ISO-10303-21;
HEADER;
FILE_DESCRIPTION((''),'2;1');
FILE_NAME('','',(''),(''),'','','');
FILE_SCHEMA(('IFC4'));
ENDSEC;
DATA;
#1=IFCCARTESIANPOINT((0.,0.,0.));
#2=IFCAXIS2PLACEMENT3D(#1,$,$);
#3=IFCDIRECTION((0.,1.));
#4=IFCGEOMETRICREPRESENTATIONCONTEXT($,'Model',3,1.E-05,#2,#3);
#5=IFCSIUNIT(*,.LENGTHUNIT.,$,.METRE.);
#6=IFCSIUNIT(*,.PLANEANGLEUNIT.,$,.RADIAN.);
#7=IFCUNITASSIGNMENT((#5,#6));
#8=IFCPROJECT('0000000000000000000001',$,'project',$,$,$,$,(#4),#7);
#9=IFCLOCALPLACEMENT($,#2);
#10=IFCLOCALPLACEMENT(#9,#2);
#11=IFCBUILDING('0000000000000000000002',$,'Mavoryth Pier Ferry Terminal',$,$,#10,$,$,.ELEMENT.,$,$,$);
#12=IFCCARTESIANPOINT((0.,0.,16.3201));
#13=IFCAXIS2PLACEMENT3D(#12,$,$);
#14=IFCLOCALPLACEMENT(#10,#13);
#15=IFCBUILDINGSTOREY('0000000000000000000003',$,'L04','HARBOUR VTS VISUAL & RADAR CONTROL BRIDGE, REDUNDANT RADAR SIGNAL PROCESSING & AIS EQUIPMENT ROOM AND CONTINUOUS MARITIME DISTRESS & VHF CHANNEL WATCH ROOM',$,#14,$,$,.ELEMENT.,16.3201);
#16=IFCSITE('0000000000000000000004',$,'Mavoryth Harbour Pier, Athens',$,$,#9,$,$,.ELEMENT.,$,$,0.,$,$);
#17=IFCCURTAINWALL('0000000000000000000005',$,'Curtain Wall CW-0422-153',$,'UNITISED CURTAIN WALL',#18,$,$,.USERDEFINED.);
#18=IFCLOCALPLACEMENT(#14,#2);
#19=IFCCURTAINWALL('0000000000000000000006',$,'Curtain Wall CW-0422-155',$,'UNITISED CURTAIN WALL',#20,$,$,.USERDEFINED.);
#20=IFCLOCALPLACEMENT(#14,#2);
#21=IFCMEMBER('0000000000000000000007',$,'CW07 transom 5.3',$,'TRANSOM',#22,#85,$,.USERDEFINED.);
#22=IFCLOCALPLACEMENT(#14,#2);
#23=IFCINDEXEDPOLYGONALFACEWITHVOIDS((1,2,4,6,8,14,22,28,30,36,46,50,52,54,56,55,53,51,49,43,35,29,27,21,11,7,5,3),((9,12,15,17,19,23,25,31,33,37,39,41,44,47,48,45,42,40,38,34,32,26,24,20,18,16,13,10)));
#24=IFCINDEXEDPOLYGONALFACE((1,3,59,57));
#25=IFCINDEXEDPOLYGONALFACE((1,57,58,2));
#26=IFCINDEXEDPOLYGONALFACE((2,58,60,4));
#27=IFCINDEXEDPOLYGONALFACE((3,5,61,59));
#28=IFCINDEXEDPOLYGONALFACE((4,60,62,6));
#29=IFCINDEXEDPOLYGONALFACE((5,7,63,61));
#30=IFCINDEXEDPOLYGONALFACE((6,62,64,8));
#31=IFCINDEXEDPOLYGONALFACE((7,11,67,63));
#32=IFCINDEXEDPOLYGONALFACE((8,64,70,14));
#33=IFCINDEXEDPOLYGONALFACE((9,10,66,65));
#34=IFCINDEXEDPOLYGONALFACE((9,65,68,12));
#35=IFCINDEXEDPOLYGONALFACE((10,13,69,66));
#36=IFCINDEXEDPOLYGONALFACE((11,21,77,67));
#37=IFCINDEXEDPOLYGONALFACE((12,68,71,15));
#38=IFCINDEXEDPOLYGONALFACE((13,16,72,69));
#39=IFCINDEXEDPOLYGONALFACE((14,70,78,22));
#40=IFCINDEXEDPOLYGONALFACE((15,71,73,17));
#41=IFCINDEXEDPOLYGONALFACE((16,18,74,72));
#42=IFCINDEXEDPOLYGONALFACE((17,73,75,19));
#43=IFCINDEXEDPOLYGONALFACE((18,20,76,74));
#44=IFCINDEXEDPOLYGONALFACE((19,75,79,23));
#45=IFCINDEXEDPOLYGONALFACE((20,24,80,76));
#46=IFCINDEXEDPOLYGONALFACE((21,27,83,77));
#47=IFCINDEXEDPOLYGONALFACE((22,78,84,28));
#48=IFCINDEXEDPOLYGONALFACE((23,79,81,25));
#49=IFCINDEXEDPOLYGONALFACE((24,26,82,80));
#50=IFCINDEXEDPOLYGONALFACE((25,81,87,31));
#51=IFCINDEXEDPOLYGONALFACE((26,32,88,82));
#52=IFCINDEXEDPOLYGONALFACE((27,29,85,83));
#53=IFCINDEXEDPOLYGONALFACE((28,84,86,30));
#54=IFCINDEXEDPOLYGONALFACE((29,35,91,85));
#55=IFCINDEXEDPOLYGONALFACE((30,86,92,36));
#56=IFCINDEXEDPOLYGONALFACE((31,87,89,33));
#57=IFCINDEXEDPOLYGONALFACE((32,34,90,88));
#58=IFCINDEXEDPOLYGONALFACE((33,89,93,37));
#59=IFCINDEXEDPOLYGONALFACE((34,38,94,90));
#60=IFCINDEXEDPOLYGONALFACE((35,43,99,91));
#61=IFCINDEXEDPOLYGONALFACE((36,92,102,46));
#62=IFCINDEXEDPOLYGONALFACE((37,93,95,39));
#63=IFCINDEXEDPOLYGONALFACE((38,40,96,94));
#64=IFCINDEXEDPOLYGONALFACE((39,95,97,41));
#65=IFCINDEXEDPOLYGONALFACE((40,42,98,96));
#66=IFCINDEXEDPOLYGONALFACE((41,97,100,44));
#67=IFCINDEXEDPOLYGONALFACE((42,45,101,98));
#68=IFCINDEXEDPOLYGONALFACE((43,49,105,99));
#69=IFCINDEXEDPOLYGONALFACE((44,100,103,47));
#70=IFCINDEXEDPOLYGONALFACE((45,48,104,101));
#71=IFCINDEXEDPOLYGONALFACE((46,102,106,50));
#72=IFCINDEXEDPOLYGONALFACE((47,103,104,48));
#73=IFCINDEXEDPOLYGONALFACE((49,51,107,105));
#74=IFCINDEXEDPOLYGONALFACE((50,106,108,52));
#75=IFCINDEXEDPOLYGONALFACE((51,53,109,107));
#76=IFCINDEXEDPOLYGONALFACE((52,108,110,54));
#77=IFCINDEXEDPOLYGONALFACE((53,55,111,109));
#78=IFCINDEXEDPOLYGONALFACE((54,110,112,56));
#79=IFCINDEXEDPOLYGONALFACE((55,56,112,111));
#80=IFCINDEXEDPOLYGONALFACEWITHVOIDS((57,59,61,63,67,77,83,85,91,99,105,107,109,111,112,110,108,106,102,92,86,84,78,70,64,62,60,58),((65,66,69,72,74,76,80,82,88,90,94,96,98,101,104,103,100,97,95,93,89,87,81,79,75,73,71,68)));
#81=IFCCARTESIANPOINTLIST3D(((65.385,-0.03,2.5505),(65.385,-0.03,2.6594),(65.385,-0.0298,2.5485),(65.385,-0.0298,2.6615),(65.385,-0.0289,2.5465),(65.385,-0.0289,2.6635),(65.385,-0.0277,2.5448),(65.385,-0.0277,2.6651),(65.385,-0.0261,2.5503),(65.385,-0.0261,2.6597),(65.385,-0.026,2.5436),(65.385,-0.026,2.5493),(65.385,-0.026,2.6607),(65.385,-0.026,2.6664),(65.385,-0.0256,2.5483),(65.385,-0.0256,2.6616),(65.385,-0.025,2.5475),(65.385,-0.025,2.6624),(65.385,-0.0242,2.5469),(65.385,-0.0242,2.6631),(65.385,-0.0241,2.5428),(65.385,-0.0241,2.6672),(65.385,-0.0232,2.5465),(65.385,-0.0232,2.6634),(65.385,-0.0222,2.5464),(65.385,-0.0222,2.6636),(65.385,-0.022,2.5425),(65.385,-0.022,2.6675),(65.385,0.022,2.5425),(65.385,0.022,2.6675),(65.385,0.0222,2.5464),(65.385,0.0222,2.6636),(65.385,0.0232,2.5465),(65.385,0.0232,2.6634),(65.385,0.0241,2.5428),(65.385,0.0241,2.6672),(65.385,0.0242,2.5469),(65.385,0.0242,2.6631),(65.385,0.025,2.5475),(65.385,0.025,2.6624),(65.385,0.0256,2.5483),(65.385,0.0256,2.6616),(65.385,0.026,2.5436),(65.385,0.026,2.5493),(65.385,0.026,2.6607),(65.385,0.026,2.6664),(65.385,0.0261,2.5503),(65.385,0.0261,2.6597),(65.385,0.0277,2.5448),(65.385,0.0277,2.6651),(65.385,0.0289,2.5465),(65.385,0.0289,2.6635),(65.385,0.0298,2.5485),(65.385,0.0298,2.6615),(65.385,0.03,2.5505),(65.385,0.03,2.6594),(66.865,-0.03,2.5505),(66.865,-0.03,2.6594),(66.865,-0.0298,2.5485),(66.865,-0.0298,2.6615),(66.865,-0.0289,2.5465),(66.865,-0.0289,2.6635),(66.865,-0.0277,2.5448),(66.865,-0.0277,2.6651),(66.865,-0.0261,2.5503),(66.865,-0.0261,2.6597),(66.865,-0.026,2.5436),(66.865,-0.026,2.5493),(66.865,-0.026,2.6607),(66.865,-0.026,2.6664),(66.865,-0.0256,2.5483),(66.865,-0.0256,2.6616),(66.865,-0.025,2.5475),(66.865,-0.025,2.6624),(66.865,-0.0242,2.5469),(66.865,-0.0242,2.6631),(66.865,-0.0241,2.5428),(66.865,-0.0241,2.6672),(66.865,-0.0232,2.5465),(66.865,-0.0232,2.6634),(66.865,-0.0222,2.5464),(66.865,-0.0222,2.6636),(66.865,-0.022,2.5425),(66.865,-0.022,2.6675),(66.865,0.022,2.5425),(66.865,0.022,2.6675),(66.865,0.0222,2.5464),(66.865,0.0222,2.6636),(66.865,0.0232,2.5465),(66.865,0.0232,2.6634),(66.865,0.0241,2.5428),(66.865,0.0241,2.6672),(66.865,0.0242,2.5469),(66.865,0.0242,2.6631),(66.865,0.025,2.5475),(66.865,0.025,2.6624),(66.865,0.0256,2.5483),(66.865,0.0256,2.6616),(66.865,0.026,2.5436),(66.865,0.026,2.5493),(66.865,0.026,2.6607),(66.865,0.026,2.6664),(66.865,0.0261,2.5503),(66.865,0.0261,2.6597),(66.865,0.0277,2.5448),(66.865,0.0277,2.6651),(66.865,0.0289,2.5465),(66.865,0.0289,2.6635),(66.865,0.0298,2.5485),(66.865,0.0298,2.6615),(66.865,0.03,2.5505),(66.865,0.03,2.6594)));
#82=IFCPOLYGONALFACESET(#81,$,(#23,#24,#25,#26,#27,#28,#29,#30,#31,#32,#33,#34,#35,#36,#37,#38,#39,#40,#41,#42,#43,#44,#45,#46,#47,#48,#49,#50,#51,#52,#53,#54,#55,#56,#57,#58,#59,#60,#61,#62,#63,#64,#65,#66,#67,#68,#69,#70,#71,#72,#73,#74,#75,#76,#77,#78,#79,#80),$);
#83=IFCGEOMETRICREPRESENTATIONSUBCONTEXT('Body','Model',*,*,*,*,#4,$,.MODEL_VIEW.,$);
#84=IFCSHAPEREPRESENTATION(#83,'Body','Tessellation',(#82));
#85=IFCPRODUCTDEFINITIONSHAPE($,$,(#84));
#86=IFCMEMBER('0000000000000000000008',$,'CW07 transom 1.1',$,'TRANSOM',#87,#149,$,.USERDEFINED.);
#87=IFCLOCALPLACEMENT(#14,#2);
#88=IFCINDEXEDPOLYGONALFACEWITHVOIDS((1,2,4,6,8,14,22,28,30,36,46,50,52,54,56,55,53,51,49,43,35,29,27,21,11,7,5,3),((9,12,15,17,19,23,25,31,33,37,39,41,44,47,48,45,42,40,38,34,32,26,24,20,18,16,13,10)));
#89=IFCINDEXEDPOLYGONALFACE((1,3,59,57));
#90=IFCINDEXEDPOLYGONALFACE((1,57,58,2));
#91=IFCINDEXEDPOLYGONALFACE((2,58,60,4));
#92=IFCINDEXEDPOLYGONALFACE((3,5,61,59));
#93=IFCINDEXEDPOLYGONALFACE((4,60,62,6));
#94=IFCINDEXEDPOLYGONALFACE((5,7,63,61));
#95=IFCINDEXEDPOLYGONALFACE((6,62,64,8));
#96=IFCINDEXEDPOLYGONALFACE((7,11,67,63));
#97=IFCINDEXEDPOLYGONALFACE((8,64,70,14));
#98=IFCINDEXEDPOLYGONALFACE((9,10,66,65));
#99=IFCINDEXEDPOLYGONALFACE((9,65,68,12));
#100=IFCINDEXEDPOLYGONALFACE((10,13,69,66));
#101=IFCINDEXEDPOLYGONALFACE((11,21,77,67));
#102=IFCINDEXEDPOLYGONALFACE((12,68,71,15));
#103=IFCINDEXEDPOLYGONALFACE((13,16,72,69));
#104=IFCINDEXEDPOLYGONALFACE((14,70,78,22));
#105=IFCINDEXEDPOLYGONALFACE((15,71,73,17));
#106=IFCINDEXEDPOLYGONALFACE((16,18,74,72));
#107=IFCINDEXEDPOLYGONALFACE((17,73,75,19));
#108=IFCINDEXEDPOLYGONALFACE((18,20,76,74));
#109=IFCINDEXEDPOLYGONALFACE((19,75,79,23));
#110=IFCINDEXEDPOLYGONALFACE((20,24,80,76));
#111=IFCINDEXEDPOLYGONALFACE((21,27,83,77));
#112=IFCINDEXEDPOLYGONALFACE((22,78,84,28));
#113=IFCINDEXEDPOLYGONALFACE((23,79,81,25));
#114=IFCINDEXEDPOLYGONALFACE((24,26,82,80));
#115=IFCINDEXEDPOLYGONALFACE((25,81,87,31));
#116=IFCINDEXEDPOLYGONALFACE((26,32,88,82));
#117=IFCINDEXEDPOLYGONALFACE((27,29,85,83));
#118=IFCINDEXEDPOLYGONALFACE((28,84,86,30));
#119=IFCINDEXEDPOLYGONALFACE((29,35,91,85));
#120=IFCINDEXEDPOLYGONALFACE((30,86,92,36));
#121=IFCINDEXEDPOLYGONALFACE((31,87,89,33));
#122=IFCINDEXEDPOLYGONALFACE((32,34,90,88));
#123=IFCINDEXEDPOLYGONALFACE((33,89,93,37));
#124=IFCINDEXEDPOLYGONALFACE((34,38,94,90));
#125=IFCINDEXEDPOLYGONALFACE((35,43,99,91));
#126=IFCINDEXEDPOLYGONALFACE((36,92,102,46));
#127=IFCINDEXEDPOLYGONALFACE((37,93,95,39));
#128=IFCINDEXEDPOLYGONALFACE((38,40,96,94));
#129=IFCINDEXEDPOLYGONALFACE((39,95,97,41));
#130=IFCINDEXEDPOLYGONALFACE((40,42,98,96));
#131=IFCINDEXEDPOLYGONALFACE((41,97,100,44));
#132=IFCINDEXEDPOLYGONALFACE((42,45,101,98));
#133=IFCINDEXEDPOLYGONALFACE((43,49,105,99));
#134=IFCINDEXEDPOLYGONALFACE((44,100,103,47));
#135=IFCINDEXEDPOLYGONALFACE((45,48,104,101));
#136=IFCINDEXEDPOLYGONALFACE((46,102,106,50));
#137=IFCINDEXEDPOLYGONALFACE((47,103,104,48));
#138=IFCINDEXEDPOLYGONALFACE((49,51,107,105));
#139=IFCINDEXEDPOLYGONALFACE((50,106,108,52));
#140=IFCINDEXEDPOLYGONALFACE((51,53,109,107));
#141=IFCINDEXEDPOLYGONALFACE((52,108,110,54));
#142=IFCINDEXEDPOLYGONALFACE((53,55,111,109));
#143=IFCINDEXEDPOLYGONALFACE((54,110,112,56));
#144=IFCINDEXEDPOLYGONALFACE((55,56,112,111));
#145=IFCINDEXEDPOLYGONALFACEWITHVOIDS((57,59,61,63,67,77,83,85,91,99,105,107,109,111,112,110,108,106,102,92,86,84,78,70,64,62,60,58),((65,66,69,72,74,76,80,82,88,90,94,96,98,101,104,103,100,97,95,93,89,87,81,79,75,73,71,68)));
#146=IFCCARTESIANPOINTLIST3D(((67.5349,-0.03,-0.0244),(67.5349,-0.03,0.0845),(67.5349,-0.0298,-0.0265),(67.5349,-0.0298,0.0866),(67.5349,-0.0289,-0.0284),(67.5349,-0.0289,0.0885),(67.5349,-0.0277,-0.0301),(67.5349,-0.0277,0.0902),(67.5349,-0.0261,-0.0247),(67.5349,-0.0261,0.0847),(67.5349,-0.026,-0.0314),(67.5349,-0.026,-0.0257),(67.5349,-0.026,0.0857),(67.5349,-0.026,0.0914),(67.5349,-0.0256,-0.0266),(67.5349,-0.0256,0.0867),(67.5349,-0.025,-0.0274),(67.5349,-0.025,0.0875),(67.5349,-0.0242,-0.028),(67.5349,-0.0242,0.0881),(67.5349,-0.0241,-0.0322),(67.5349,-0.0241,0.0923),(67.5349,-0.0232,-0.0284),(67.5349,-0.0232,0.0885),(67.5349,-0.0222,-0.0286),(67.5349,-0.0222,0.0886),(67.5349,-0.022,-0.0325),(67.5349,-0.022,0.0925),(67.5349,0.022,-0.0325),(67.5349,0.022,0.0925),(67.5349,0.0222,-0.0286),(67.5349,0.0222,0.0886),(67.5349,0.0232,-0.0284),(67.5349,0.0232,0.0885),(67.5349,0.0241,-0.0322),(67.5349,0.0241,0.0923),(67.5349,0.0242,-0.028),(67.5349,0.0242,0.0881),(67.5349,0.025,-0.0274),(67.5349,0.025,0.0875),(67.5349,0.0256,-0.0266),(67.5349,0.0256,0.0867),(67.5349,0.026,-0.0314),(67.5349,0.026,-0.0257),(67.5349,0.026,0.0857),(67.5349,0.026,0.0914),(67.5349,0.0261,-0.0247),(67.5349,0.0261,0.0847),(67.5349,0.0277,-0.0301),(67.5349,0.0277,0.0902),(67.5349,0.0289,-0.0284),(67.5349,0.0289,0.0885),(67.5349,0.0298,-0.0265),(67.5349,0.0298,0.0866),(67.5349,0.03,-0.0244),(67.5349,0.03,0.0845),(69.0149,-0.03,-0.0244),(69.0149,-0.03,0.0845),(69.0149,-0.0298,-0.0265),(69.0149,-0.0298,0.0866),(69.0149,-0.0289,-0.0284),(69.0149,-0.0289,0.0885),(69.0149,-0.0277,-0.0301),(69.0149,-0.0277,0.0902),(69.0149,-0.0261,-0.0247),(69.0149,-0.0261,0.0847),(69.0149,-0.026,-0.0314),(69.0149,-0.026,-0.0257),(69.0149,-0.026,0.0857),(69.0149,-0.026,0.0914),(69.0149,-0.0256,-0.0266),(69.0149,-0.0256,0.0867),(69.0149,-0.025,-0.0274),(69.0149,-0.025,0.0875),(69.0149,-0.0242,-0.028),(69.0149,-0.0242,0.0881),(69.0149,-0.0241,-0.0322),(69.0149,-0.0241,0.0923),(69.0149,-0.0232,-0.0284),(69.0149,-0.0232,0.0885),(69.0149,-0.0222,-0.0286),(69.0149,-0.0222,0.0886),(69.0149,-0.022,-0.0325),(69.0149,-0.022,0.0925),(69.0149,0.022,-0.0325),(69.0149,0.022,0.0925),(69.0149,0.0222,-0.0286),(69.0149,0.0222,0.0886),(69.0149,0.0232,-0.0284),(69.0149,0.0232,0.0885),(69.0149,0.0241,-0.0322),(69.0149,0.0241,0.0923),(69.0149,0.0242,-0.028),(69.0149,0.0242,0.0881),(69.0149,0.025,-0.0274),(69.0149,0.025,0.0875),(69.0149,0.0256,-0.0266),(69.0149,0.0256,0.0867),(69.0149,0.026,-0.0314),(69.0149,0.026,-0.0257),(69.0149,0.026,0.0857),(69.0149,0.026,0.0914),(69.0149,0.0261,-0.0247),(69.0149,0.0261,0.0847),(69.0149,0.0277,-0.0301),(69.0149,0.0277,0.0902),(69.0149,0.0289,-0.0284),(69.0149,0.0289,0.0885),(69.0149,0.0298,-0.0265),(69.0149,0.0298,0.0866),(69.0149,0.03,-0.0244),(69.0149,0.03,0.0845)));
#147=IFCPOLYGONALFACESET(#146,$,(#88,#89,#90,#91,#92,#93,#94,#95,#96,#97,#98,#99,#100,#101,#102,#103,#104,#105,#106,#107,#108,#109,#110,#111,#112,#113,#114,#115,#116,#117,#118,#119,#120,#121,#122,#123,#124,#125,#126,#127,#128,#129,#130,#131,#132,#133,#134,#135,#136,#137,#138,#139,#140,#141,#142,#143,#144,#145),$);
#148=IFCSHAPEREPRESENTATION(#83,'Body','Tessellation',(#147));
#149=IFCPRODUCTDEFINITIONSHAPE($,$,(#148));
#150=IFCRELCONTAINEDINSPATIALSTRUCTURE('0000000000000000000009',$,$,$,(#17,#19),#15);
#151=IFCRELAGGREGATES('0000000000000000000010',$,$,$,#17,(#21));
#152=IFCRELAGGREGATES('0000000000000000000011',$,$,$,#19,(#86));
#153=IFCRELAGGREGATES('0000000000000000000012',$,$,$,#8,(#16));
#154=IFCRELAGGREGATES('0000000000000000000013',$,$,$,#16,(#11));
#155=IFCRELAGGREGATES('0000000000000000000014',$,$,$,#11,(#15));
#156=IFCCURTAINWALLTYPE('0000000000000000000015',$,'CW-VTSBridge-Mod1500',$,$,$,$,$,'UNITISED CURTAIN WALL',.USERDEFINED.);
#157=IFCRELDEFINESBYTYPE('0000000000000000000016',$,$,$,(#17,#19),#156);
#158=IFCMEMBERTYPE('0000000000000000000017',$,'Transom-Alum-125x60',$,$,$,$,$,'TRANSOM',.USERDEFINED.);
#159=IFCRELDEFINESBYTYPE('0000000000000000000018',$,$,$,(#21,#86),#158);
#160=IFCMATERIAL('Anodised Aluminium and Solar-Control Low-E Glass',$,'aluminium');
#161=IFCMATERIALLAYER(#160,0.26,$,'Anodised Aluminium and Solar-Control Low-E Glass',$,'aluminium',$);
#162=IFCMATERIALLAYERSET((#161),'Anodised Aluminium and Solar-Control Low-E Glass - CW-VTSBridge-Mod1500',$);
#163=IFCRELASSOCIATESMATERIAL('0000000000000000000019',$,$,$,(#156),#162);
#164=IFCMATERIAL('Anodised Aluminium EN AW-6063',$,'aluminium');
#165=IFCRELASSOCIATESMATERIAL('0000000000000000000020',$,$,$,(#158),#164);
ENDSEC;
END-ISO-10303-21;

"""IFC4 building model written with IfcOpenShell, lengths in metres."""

from ifc_helpers import new_model, si_unit, direction, frame, origin, origin_2d, place, context, subcontext, project, spatial, hollow_rectangle, extrude, material, layer, layer_set, material_profile, profile_set, type_object, element, aggregate, save


model = new_model("IFC4")

# Units and contexts
model_context = context("Model", 3, precision=1e-05, world=origin(), true_north=direction((0.0, 1.0)))
body_context = subcontext(model_context, "Body", "Model", "MODEL_VIEW")
ifc_project = project(units=[si_unit("LENGTHUNIT", "METRE"), si_unit("PLANEANGLEUNIT", "RADIAN")], contexts=[model_context])

# Site, building, storey
site_placement = place(None, origin())
site = spatial("IfcSite", under=ifc_project, at=site_placement, Name="Mavoryth Harbour Pier, Athens", CompositionType="ELEMENT", RefElevation=0.0)
building_placement = place(site_placement, origin())
building = spatial("IfcBuilding", under=site, at=building_placement, Name="Mavoryth Pier Ferry Terminal", CompositionType="ELEMENT")
storey_placement = place(building_placement, frame((0.0, 0.0, 16.3201)))
storey = spatial("IfcBuildingStorey", under=building, at=storey_placement, Name="L04", Description="HARBOUR VTS VISUAL & RADAR CONTROL BRIDGE, REDUNDANT RADAR SIGNAL PROCESSING & AIS EQUIPMENT ROOM AND CONTINUOUS MARITIME DISTRESS & VHF CHANNEL WATCH ROOM", CompositionType="ELEMENT", Elevation=16.3201)

# Curtain walls
ifc_material_1 = material(Name="Anodised Aluminium and Solar-Control Low-E Glass", Category="aluminium")
ifc_layer_1 = layer(ifc_material_1, 0.26, Name="Anodised Aluminium and Solar-Control Low-E Glass", Category="aluminium")
ifc_layer_set_1 = layer_set([ifc_layer_1], Name="Anodised Aluminium and Solar-Control Low-E Glass - CW-VTSBridge-Mod1500")
curtain_wall_type = type_object("IfcCurtainWallType", Name="CW-VTSBridge-Mod1500", ElementType="UNITISED CURTAIN WALL", PredefinedType="USERDEFINED", material=ifc_layer_set_1)
curtain_wall_1_placement = place(storey_placement, origin())
curtain_wall_1 = element("IfcCurtainWall", 1, at=curtain_wall_1_placement, inside=storey, type_object=curtain_wall_type, Name="Curtain Wall CW-0422-153", ObjectType="UNITISED CURTAIN WALL", PredefinedType="USERDEFINED")
ifc_material_2 = material(Name="Anodised Aluminium EN AW-6063", Category="aluminium")
curtain_wall_2_placement = place(storey_placement, origin())
curtain_wall_2 = element("IfcCurtainWall", 2, at=curtain_wall_2_placement, inside=storey, type_object=curtain_wall_type, Name="Curtain Wall CW-0422-155", ObjectType="UNITISED CURTAIN WALL", PredefinedType="USERDEFINED")

# Members
ifc_material_profile_1 = material_profile(ifc_material_2, hollow_rectangle(XDim=0.0601, YDim=0.125, WallThickness=0.0039, InnerFilletRadius=0.0039, OuterFilletRadius=0.0081, at=origin_2d()), Name="AL-TRAN 125x60x4", Category="aluminium")
ifc_profile_set_1 = profile_set([ifc_material_profile_1], Name="Anodised Aluminium EN AW-6063 - AL-TRAN 125x60x4")
member_type_1 = type_object("IfcMemberType", Name="Transom-Alum-125x60", ElementType="TRANSOM", PredefinedType="USERDEFINED", material=ifc_profile_set_1)
member_1_placement = place(storey_placement, frame((65.385, 0.0, 2.605), z_axis=(1.0, 0.0, 0.0), x_axis=(0.0, 1.0, 0.0)))
member_1 = element("IfcMember", 3, at=member_1_placement, type_object=member_type_1, Name="CW07 transom 5.3", ObjectType="TRANSOM", PredefinedType="USERDEFINED", context=body_context, shape_type="SweptSolid", body=[
    extrude(hollow_rectangle(XDim=0.0601, YDim=0.125, WallThickness=0.0039, InnerFilletRadius=0.0039, OuterFilletRadius=0.0081, at=origin_2d()), origin(), (0.0, 0.0, 1.0), 1.48),
])
member_2_placement = place(storey_placement, frame((67.5349, 0.0, 0.03), z_axis=(1.0, 0.0, 0.0), x_axis=(0.0, 1.0, 0.0)))
member_2 = element("IfcMember", 4, at=member_2_placement, type_object=member_type_1, Name="CW07 transom 1.1", ObjectType="TRANSOM", PredefinedType="USERDEFINED", context=body_context, shape_type="SweptSolid", body=[
    extrude(hollow_rectangle(XDim=0.0601, YDim=0.125, WallThickness=0.0039, InnerFilletRadius=0.0039, OuterFilletRadius=0.0081, at=origin_2d()), origin(), (0.0, 0.0, 1.0), 1.48),
])

aggregate(curtain_wall_1, [member_1])
aggregate(curtain_wall_2, [member_2])

save(model, "model.ifc")
